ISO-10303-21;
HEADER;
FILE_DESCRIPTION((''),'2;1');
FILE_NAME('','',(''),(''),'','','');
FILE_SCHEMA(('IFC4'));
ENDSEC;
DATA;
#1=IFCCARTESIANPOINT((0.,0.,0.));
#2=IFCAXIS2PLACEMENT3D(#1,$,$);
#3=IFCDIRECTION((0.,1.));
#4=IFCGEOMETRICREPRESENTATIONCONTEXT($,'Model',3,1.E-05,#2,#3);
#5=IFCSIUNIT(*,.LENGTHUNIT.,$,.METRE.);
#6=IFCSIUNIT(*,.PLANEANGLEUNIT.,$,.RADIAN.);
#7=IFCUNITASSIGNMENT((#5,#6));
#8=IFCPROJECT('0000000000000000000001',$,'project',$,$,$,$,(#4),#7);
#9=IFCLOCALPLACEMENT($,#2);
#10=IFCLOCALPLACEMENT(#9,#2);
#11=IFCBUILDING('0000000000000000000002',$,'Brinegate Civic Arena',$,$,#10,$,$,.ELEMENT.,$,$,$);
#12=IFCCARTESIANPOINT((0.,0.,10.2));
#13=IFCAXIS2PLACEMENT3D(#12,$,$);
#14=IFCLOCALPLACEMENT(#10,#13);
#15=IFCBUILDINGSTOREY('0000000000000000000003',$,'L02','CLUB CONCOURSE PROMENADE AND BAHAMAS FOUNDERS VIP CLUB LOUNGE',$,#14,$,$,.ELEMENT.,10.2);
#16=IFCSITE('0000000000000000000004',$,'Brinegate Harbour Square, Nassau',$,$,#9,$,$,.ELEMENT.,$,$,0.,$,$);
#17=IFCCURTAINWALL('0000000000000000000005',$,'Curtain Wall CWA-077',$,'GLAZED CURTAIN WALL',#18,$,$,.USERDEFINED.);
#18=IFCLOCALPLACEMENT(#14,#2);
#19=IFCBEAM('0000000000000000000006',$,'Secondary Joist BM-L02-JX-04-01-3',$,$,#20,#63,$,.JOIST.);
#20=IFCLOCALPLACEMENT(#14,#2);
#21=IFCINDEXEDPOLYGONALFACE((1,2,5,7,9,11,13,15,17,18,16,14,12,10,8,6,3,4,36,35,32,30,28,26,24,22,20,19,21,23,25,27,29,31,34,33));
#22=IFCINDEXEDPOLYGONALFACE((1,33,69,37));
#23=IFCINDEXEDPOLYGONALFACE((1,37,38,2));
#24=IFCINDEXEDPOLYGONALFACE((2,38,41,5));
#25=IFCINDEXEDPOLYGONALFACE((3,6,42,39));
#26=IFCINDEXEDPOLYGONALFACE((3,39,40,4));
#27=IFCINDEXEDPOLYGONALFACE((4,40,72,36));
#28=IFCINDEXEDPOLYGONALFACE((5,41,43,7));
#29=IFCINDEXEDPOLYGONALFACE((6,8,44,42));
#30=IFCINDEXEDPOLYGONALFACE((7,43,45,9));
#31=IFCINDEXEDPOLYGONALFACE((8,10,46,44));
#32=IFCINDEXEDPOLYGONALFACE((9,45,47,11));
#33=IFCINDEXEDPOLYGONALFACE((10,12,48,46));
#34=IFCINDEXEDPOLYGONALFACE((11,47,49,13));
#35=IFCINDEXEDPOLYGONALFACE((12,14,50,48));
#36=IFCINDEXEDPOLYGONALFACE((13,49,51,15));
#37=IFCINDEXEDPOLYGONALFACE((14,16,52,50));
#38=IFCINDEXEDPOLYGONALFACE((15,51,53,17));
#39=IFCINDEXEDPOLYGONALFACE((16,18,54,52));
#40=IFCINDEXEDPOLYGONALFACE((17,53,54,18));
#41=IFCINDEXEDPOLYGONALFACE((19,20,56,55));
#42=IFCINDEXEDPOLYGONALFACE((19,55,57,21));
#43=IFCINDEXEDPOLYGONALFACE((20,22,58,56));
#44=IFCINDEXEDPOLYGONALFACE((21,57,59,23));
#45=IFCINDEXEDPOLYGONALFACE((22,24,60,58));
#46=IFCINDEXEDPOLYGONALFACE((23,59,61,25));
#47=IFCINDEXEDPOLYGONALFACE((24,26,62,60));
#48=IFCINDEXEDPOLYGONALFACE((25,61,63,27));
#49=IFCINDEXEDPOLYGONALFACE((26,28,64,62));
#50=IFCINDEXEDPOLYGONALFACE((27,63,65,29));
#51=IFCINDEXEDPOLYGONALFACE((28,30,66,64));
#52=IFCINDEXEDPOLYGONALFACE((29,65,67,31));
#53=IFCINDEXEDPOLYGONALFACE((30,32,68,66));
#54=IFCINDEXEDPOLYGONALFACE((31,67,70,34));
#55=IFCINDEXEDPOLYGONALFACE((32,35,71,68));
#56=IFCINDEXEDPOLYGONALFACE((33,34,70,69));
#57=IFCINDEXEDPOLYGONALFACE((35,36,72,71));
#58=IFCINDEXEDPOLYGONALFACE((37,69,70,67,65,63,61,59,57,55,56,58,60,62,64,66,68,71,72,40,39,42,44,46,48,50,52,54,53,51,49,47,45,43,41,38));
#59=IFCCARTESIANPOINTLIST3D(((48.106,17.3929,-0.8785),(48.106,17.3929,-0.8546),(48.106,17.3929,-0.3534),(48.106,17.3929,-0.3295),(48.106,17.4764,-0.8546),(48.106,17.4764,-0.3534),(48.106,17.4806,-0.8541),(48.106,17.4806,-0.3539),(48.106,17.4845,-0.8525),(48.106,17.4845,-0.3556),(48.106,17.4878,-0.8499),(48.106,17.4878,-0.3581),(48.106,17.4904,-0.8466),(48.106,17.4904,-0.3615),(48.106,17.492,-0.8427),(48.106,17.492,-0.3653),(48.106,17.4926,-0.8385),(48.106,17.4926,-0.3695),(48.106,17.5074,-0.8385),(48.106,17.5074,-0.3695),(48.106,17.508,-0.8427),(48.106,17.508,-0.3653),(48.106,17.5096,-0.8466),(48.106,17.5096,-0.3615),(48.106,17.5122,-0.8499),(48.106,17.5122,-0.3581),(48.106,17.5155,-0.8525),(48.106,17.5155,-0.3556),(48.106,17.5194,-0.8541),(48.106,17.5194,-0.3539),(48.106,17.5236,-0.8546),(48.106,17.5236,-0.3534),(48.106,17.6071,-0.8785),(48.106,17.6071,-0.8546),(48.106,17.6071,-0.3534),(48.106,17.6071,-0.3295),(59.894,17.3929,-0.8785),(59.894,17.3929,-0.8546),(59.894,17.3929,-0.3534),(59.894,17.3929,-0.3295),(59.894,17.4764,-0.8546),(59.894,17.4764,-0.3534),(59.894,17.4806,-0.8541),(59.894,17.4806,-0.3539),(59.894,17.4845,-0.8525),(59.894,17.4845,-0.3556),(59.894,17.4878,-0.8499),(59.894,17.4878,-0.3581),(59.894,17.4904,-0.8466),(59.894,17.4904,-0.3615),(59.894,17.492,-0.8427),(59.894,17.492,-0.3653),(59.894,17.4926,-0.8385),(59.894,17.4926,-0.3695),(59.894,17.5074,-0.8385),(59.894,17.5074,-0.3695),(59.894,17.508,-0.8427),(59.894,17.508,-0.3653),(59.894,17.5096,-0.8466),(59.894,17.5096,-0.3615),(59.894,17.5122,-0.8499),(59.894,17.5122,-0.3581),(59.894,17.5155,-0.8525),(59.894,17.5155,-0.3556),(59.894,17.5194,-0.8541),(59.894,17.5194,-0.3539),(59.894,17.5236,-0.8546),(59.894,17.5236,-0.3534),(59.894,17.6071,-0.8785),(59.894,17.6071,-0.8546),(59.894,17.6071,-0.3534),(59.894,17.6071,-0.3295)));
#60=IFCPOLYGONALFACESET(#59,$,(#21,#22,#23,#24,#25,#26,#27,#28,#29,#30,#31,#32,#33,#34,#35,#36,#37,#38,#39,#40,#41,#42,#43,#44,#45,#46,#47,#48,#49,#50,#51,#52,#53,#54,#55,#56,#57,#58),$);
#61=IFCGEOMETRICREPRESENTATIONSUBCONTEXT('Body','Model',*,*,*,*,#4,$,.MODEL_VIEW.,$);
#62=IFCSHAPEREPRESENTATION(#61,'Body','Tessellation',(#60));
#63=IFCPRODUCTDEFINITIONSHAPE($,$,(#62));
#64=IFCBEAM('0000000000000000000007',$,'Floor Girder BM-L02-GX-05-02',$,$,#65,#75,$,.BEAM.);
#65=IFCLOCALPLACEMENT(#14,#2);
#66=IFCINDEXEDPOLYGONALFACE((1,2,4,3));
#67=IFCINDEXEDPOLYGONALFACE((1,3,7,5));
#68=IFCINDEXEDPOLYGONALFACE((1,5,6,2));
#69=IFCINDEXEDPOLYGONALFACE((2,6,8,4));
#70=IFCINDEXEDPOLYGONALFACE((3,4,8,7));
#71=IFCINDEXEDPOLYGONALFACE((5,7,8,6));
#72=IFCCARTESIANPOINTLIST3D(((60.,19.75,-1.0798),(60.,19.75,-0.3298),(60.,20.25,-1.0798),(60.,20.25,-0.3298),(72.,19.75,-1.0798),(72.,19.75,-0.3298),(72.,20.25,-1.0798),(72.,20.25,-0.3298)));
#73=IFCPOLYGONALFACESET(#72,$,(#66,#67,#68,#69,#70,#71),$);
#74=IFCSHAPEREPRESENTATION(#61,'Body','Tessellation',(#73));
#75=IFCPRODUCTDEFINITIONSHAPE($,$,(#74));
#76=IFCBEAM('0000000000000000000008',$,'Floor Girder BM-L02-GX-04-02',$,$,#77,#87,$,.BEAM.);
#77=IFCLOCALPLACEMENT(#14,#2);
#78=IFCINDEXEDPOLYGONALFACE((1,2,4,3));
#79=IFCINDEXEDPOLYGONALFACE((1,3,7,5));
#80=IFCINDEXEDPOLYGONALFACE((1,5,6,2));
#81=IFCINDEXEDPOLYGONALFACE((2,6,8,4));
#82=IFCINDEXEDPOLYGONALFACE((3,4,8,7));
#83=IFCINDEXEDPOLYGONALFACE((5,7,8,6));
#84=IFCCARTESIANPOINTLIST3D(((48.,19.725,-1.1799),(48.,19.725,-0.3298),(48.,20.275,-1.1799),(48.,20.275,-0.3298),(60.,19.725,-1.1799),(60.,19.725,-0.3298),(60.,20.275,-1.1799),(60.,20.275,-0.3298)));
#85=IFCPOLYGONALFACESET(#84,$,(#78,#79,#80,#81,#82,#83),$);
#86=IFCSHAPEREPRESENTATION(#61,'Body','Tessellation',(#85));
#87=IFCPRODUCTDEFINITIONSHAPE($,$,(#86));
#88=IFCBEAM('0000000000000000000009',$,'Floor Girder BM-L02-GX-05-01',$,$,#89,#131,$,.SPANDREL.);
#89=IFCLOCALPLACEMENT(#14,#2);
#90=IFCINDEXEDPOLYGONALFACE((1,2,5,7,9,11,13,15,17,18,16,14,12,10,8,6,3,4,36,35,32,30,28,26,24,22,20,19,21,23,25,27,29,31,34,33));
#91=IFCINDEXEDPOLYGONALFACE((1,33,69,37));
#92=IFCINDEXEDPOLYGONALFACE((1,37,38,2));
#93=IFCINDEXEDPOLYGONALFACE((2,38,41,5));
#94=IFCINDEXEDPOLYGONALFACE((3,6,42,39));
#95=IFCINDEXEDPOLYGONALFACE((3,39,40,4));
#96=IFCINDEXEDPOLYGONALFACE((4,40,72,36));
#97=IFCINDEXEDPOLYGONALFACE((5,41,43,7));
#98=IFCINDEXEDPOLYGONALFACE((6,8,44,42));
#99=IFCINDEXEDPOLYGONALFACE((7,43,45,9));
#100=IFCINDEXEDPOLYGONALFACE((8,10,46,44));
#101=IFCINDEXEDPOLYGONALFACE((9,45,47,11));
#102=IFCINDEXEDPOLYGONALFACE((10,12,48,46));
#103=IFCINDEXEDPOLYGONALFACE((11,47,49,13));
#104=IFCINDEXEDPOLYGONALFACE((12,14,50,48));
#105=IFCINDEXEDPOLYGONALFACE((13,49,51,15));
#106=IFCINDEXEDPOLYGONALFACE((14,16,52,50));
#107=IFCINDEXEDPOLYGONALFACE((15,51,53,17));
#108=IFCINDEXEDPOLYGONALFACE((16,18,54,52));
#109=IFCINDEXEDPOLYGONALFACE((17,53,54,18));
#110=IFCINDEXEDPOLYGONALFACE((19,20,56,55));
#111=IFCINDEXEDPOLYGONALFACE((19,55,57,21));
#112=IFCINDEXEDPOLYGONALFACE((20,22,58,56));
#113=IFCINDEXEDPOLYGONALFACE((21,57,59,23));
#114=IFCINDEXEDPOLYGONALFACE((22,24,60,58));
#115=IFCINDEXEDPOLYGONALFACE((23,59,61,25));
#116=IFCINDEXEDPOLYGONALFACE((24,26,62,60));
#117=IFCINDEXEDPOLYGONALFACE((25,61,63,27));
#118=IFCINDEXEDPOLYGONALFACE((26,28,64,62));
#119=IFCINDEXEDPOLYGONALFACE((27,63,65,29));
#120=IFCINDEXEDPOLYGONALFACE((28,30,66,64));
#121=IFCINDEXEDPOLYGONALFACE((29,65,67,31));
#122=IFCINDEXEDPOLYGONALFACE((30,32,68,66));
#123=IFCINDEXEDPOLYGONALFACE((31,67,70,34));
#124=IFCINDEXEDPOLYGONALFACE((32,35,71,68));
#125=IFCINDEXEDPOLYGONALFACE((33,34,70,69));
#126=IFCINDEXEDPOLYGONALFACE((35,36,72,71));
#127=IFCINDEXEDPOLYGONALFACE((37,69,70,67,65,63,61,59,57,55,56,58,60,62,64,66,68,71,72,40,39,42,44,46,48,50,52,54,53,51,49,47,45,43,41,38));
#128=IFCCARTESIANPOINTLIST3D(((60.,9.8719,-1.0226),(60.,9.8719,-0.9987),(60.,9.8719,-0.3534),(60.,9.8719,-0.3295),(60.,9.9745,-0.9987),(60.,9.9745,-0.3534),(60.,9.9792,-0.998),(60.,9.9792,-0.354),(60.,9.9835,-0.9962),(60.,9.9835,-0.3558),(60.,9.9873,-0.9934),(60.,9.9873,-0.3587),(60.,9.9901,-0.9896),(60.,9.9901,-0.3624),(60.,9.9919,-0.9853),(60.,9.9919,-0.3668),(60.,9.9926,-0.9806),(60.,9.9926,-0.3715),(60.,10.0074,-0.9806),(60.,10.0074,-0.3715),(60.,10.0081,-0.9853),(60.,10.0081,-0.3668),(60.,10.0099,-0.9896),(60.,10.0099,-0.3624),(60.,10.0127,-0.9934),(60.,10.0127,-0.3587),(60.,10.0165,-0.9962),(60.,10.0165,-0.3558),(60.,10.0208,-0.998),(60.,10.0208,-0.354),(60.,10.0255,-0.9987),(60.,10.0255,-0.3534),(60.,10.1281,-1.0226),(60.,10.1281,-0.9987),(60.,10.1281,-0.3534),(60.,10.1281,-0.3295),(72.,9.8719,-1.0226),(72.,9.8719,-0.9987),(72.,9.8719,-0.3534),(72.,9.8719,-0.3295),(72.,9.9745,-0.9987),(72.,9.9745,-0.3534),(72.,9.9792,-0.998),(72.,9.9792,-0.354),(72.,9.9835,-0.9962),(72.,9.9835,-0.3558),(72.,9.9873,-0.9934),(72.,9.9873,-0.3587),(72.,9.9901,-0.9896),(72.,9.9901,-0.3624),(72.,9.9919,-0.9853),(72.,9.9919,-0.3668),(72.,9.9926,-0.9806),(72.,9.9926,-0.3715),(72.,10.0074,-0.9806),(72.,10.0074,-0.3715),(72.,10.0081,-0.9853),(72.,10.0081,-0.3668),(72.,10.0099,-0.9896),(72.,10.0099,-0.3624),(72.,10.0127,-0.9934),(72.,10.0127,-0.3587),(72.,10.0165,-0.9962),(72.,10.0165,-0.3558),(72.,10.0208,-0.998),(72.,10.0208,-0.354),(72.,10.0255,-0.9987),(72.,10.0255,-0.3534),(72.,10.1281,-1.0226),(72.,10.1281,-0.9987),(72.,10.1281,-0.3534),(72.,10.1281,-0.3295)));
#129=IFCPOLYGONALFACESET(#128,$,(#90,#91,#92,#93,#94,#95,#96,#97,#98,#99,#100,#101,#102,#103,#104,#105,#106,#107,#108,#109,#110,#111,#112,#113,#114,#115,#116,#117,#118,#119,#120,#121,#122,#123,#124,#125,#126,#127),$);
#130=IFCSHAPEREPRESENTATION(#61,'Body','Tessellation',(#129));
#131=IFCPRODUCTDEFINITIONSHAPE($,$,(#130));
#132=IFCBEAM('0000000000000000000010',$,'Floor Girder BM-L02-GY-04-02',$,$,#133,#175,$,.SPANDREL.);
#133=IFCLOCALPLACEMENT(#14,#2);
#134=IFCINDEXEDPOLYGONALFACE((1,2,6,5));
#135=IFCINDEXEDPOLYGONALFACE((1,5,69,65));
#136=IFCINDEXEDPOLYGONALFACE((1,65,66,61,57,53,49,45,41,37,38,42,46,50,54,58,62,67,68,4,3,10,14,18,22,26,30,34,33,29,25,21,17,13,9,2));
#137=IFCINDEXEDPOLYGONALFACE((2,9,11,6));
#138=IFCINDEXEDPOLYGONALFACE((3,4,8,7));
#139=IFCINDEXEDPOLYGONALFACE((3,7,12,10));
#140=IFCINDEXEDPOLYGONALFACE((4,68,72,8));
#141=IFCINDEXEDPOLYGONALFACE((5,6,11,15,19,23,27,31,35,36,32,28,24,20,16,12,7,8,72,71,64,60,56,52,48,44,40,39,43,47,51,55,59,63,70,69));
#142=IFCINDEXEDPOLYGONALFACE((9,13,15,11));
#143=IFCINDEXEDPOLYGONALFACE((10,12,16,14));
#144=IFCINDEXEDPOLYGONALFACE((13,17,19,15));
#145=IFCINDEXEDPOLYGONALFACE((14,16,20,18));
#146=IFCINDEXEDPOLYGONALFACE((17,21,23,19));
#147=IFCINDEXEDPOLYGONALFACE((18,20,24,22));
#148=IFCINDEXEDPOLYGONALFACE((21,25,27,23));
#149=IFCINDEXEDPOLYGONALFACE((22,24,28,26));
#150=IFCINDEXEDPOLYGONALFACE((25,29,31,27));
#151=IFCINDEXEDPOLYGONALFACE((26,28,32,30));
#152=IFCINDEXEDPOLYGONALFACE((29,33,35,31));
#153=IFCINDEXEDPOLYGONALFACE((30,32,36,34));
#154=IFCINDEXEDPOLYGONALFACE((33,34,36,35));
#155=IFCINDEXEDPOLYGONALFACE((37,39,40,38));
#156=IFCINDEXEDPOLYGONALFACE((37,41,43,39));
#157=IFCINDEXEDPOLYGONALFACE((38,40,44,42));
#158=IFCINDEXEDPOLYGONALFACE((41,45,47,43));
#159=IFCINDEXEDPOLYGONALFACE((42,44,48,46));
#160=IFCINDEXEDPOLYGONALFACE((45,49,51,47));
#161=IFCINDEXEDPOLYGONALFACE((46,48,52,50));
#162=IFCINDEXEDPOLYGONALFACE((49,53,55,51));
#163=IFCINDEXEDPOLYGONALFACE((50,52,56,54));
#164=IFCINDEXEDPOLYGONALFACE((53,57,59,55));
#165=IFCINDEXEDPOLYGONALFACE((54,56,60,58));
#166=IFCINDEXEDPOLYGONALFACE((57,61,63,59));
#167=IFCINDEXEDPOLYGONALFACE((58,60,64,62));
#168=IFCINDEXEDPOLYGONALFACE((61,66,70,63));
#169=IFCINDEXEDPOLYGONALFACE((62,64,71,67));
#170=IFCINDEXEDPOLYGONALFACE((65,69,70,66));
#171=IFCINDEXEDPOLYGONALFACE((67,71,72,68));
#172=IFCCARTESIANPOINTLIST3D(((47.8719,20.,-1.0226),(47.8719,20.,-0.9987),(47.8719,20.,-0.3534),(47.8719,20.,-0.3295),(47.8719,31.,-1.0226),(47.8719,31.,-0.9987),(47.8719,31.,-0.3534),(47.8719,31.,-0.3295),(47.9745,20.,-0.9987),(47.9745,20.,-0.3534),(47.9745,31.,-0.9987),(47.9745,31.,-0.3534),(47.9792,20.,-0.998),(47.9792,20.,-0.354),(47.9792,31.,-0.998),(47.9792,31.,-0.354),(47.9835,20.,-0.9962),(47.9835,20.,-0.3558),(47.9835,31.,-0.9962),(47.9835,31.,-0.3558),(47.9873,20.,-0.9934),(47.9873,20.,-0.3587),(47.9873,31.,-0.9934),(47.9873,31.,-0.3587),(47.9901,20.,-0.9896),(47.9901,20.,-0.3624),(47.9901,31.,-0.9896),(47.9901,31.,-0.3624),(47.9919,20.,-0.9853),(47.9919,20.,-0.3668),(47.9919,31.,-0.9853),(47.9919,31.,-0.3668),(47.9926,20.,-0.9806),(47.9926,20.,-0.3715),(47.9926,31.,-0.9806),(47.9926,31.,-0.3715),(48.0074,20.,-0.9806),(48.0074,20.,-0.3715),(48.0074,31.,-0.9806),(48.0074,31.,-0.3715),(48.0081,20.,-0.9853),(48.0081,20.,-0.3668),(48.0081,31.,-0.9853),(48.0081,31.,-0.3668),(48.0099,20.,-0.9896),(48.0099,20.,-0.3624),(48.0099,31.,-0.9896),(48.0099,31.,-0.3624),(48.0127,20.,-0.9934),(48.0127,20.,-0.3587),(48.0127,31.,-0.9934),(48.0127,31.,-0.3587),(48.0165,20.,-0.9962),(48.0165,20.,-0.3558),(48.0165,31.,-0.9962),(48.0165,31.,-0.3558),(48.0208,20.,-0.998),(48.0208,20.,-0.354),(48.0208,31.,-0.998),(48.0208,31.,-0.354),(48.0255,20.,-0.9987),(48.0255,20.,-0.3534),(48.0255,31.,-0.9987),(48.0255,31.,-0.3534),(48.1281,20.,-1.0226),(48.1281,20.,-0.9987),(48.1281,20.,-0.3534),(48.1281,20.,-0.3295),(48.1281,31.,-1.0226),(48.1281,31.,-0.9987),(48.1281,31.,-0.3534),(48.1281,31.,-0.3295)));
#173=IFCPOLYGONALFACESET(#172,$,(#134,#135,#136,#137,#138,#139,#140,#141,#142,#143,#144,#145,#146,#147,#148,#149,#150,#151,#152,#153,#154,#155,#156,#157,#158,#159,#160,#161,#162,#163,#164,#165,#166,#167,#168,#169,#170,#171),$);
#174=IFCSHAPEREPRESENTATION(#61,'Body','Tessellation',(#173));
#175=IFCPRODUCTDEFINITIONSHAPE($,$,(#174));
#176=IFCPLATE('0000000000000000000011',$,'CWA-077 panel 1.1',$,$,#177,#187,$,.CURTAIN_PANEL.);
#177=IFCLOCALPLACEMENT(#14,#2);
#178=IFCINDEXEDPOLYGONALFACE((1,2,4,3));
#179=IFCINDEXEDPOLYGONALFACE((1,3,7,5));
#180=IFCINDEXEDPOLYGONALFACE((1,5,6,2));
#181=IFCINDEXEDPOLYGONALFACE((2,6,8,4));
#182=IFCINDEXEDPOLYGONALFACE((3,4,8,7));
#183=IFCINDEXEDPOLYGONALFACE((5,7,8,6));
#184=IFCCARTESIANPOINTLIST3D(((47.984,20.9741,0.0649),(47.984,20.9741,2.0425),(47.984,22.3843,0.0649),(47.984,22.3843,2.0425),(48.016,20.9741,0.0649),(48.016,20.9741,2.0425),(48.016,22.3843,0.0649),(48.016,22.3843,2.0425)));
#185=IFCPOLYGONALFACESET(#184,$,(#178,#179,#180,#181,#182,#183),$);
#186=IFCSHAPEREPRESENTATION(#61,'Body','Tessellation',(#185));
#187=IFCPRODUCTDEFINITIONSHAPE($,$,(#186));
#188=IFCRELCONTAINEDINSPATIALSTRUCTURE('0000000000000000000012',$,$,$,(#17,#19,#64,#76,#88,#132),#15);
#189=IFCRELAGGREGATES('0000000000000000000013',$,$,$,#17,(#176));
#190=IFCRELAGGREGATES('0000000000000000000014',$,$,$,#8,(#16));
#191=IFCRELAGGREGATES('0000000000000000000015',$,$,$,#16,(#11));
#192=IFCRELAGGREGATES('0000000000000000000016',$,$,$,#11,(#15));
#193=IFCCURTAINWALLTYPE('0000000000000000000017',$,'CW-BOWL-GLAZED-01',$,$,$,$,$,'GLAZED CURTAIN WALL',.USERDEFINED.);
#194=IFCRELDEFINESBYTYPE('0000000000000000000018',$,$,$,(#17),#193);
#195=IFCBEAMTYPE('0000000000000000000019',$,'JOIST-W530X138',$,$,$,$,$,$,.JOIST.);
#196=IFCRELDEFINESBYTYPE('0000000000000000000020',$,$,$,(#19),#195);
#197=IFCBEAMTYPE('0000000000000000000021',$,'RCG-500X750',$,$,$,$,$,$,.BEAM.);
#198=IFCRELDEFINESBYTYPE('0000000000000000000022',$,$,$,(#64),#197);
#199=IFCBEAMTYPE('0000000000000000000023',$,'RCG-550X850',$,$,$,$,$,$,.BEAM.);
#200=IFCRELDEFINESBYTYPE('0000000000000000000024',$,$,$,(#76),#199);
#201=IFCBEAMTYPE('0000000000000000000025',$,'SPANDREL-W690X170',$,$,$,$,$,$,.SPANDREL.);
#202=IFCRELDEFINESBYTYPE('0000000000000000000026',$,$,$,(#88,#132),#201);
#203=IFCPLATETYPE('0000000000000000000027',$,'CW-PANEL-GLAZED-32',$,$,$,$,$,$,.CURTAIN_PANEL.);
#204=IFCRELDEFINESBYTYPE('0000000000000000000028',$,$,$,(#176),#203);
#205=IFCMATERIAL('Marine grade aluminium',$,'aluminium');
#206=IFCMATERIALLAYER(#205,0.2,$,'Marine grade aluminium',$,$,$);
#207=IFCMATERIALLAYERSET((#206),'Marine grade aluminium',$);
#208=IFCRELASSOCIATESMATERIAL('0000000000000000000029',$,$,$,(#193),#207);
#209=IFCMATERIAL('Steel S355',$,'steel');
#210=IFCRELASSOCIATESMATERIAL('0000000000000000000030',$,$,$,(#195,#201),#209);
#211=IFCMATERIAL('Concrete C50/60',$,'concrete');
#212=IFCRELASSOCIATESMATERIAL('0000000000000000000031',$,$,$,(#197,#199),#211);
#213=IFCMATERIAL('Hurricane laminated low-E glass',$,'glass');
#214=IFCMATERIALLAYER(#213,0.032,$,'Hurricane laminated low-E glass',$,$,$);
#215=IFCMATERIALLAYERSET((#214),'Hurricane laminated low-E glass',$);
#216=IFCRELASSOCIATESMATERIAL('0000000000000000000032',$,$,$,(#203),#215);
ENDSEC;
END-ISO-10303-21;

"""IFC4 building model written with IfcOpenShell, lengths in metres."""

from ifc_helpers import new_model, si_unit, direction, frame, origin, origin_2d, place, context, subcontext, project, spatial, rectangle, i_section, extrude, material, layer, layer_set, material_profile, profile_set, type_object, element, aggregate, save


model = new_model("IFC4")

# Units and contexts
model_context = context("Model", 3, precision=1e-05, world=origin(), true_north=direction((0.0, 1.0)))
body_context = subcontext(model_context, "Body", "Model", "MODEL_VIEW")
ifc_project = project(units=[si_unit("LENGTHUNIT", "METRE"), si_unit("PLANEANGLEUNIT", "RADIAN")], contexts=[model_context])

# Site, building, storey
site_placement = place(None, origin())
site = spatial("IfcSite", under=ifc_project, at=site_placement, Name="Brinegate Harbour Square, Nassau", CompositionType="ELEMENT", RefElevation=0.0)
building_placement = place(site_placement, origin())
building = spatial("IfcBuilding", under=site, at=building_placement, Name="Brinegate Civic Arena", CompositionType="ELEMENT")
storey_placement = place(building_placement, frame((0.0, 0.0, 10.2)))
storey = spatial("IfcBuildingStorey", under=building, at=storey_placement, Name="L02", Description="CLUB CONCOURSE PROMENADE AND BAHAMAS FOUNDERS VIP CLUB LOUNGE", CompositionType="ELEMENT", Elevation=10.2)

# Shared definitions
ifc_material_1 = material(Name="Concrete C50/60", Category="concrete")
ifc_material_2 = material(Name="Steel S355", Category="steel")

# Curtain wall
ifc_material_3 = material(Name="Marine grade aluminium", Category="aluminium")
ifc_layer_1 = layer(ifc_material_3, 0.2, Name="Marine grade aluminium")
ifc_layer_set_1 = layer_set([ifc_layer_1], Name="Marine grade aluminium")
curtain_wall_type = type_object("IfcCurtainWallType", Name="CW-BOWL-GLAZED-01", ElementType="GLAZED CURTAIN WALL", PredefinedType="USERDEFINED", material=ifc_layer_set_1)
curtain_wall_1_placement = place(storey_placement, origin())
curtain_wall_1 = element("IfcCurtainWall", 1, at=curtain_wall_1_placement, inside=storey, type_object=curtain_wall_type, Name="Curtain Wall CWA-077", ObjectType="GLAZED CURTAIN WALL", PredefinedType="USERDEFINED")

# Beams
ifc_material_profile_1 = material_profile(ifc_material_2, i_section(OverallWidth=0.2141, OverallDepth=0.5491, WebThickness=0.0149, FlangeThickness=0.0239, FilletRadius=0.0161, at=origin_2d()), Name="W530X138")
ifc_profile_set_1 = profile_set([ifc_material_profile_1], Name="Steel S355")
beam_type_1 = type_object("IfcBeamType", Name="JOIST-W530X138", PredefinedType="JOIST", material=ifc_profile_set_1)
beam_1_placement = place(storey_placement, frame((48.106, 17.5, -0.604), z_axis=(1.0, 0.0, 0.0), x_axis=(0.0, 1.0, 0.0)))
element("IfcBeam", 2, at=beam_1_placement, inside=storey, type_object=beam_type_1, Name="Secondary Joist BM-L02-JX-04-01-3", PredefinedType="JOIST", context=body_context, shape_type="SweptSolid", body=[
    extrude(i_section(OverallWidth=0.2141, OverallDepth=0.5491, WebThickness=0.0149, FlangeThickness=0.0239, FilletRadius=0.0161, at=origin_2d()), origin(), (0.0, 0.0, 1.0), 11.7881),
])
ifc_material_profile_2 = material_profile(ifc_material_1, rectangle(XDim=0.5, YDim=0.75, at=origin_2d()), Name="RCB500X750")
ifc_profile_set_2 = profile_set([ifc_material_profile_2], Name="Concrete C50/60")
beam_type_2 = type_object("IfcBeamType", Name="RCG-500X750", PredefinedType="BEAM", material=ifc_profile_set_2)
beam_2_placement = place(storey_placement, frame((60.0, 20.0, -0.7048), z_axis=(1.0, 0.0, 0.0), x_axis=(0.0, 1.0, 0.0)))
element("IfcBeam", 3, at=beam_2_placement, inside=storey, type_object=beam_type_2, Name="Floor Girder BM-L02-GX-05-02", PredefinedType="BEAM", context=body_context, shape_type="SweptSolid", body=[
    extrude(rectangle(XDim=0.5, YDim=0.75, at=origin_2d()), origin(), (0.0, 0.0, 1.0), 12.0),
])
ifc_material_profile_3 = material_profile(ifc_material_1, rectangle(XDim=0.55, YDim=0.8501, at=origin_2d()), Name="RCB550X850")
ifc_profile_set_3 = profile_set([ifc_material_profile_3], Name="Concrete C50/60")
beam_type_3 = type_object("IfcBeamType", Name="RCG-550X850", PredefinedType="BEAM", material=ifc_profile_set_3)
beam_3_placement = place(storey_placement, frame((48.0, 20.0, -0.7549), z_axis=(1.0, 0.0, 0.0), x_axis=(0.0, 1.0, 0.0)))
element("IfcBeam", 4, at=beam_3_placement, inside=storey, type_object=beam_type_3, Name="Floor Girder BM-L02-GX-04-02", PredefinedType="BEAM", context=body_context, shape_type="SweptSolid", body=[
    extrude(rectangle(XDim=0.55, YDim=0.8501, at=origin_2d()), origin(), (0.0, 0.0, 1.0), 12.0),
])
ifc_material_profile_4 = material_profile(ifc_material_2, i_section(OverallWidth=0.2561, OverallDepth=0.6931, WebThickness=0.0149, FlangeThickness=0.0239, FilletRadius=0.0181, at=origin_2d()), Name="W690X170")
ifc_profile_set_4 = profile_set([ifc_material_profile_4], Name="Steel S355")
beam_type_4 = type_object("IfcBeamType", Name="SPANDREL-W690X170", PredefinedType="SPANDREL", material=ifc_profile_set_4)
beam_4_placement = place(storey_placement, frame((60.0, 10.0, -0.676), z_axis=(1.0, 0.0, 0.0), x_axis=(0.0, 1.0, 0.0)))
element("IfcBeam", 5, at=beam_4_placement, inside=storey, type_object=beam_type_4, Name="Floor Girder BM-L02-GX-05-01", PredefinedType="SPANDREL", context=body_context, shape_type="SweptSolid", body=[
    extrude(i_section(OverallWidth=0.2561, OverallDepth=0.6931, WebThickness=0.0149, FlangeThickness=0.0239, FilletRadius=0.0181, at=origin_2d()), origin(), (0.0, 0.0, 1.0), 12.0),
])
beam_5_placement = place(storey_placement, frame((48.0, 20.0, -0.676), z_axis=(0.0, 1.0, 0.0), x_axis=(-1.0, 0.0, 0.0)))
element("IfcBeam", 6, at=beam_5_placement, inside=storey, type_object=beam_type_4, Name="Floor Girder BM-L02-GY-04-02", PredefinedType="SPANDREL", context=body_context, shape_type="SweptSolid", body=[
    extrude(i_section(OverallWidth=0.2561, OverallDepth=0.6931, WebThickness=0.0149, FlangeThickness=0.0239, FilletRadius=0.0181, at=origin_2d()), origin(), (0.0, 0.0, 1.0), 11.0),
])

# Plate
ifc_material_4 = material(Name="Hurricane laminated low-E glass", Category="glass")
ifc_layer_2 = layer(ifc_material_4, 0.032, Name="Hurricane laminated low-E glass")
ifc_layer_set_2 = layer_set([ifc_layer_2], Name="Hurricane laminated low-E glass")
plate_type_1 = type_object("IfcPlateType", Name="CW-PANEL-GLAZED-32", PredefinedType="CURTAIN_PANEL", material=ifc_layer_set_2)
plate_1_placement = place(storey_placement, frame((48.0, 21.6792, 0.0649), z_axis=(0.0, 0.0, 1.0), x_axis=(0.0, 1.0, 0.0)))
plate_1 = element("IfcPlate", 7, at=plate_1_placement, type_object=plate_type_1, Name="CWA-077 panel 1.1", PredefinedType="CURTAIN_PANEL", context=body_context, shape_type="SweptSolid", body=[
    extrude(rectangle(XDim=1.4102, YDim=0.032, at=origin_2d()), origin(), (0.0, 0.0, 1.0), 1.9775),
])
aggregate(curtain_wall_1, [plate_1])

save(model, "model.ifc")
